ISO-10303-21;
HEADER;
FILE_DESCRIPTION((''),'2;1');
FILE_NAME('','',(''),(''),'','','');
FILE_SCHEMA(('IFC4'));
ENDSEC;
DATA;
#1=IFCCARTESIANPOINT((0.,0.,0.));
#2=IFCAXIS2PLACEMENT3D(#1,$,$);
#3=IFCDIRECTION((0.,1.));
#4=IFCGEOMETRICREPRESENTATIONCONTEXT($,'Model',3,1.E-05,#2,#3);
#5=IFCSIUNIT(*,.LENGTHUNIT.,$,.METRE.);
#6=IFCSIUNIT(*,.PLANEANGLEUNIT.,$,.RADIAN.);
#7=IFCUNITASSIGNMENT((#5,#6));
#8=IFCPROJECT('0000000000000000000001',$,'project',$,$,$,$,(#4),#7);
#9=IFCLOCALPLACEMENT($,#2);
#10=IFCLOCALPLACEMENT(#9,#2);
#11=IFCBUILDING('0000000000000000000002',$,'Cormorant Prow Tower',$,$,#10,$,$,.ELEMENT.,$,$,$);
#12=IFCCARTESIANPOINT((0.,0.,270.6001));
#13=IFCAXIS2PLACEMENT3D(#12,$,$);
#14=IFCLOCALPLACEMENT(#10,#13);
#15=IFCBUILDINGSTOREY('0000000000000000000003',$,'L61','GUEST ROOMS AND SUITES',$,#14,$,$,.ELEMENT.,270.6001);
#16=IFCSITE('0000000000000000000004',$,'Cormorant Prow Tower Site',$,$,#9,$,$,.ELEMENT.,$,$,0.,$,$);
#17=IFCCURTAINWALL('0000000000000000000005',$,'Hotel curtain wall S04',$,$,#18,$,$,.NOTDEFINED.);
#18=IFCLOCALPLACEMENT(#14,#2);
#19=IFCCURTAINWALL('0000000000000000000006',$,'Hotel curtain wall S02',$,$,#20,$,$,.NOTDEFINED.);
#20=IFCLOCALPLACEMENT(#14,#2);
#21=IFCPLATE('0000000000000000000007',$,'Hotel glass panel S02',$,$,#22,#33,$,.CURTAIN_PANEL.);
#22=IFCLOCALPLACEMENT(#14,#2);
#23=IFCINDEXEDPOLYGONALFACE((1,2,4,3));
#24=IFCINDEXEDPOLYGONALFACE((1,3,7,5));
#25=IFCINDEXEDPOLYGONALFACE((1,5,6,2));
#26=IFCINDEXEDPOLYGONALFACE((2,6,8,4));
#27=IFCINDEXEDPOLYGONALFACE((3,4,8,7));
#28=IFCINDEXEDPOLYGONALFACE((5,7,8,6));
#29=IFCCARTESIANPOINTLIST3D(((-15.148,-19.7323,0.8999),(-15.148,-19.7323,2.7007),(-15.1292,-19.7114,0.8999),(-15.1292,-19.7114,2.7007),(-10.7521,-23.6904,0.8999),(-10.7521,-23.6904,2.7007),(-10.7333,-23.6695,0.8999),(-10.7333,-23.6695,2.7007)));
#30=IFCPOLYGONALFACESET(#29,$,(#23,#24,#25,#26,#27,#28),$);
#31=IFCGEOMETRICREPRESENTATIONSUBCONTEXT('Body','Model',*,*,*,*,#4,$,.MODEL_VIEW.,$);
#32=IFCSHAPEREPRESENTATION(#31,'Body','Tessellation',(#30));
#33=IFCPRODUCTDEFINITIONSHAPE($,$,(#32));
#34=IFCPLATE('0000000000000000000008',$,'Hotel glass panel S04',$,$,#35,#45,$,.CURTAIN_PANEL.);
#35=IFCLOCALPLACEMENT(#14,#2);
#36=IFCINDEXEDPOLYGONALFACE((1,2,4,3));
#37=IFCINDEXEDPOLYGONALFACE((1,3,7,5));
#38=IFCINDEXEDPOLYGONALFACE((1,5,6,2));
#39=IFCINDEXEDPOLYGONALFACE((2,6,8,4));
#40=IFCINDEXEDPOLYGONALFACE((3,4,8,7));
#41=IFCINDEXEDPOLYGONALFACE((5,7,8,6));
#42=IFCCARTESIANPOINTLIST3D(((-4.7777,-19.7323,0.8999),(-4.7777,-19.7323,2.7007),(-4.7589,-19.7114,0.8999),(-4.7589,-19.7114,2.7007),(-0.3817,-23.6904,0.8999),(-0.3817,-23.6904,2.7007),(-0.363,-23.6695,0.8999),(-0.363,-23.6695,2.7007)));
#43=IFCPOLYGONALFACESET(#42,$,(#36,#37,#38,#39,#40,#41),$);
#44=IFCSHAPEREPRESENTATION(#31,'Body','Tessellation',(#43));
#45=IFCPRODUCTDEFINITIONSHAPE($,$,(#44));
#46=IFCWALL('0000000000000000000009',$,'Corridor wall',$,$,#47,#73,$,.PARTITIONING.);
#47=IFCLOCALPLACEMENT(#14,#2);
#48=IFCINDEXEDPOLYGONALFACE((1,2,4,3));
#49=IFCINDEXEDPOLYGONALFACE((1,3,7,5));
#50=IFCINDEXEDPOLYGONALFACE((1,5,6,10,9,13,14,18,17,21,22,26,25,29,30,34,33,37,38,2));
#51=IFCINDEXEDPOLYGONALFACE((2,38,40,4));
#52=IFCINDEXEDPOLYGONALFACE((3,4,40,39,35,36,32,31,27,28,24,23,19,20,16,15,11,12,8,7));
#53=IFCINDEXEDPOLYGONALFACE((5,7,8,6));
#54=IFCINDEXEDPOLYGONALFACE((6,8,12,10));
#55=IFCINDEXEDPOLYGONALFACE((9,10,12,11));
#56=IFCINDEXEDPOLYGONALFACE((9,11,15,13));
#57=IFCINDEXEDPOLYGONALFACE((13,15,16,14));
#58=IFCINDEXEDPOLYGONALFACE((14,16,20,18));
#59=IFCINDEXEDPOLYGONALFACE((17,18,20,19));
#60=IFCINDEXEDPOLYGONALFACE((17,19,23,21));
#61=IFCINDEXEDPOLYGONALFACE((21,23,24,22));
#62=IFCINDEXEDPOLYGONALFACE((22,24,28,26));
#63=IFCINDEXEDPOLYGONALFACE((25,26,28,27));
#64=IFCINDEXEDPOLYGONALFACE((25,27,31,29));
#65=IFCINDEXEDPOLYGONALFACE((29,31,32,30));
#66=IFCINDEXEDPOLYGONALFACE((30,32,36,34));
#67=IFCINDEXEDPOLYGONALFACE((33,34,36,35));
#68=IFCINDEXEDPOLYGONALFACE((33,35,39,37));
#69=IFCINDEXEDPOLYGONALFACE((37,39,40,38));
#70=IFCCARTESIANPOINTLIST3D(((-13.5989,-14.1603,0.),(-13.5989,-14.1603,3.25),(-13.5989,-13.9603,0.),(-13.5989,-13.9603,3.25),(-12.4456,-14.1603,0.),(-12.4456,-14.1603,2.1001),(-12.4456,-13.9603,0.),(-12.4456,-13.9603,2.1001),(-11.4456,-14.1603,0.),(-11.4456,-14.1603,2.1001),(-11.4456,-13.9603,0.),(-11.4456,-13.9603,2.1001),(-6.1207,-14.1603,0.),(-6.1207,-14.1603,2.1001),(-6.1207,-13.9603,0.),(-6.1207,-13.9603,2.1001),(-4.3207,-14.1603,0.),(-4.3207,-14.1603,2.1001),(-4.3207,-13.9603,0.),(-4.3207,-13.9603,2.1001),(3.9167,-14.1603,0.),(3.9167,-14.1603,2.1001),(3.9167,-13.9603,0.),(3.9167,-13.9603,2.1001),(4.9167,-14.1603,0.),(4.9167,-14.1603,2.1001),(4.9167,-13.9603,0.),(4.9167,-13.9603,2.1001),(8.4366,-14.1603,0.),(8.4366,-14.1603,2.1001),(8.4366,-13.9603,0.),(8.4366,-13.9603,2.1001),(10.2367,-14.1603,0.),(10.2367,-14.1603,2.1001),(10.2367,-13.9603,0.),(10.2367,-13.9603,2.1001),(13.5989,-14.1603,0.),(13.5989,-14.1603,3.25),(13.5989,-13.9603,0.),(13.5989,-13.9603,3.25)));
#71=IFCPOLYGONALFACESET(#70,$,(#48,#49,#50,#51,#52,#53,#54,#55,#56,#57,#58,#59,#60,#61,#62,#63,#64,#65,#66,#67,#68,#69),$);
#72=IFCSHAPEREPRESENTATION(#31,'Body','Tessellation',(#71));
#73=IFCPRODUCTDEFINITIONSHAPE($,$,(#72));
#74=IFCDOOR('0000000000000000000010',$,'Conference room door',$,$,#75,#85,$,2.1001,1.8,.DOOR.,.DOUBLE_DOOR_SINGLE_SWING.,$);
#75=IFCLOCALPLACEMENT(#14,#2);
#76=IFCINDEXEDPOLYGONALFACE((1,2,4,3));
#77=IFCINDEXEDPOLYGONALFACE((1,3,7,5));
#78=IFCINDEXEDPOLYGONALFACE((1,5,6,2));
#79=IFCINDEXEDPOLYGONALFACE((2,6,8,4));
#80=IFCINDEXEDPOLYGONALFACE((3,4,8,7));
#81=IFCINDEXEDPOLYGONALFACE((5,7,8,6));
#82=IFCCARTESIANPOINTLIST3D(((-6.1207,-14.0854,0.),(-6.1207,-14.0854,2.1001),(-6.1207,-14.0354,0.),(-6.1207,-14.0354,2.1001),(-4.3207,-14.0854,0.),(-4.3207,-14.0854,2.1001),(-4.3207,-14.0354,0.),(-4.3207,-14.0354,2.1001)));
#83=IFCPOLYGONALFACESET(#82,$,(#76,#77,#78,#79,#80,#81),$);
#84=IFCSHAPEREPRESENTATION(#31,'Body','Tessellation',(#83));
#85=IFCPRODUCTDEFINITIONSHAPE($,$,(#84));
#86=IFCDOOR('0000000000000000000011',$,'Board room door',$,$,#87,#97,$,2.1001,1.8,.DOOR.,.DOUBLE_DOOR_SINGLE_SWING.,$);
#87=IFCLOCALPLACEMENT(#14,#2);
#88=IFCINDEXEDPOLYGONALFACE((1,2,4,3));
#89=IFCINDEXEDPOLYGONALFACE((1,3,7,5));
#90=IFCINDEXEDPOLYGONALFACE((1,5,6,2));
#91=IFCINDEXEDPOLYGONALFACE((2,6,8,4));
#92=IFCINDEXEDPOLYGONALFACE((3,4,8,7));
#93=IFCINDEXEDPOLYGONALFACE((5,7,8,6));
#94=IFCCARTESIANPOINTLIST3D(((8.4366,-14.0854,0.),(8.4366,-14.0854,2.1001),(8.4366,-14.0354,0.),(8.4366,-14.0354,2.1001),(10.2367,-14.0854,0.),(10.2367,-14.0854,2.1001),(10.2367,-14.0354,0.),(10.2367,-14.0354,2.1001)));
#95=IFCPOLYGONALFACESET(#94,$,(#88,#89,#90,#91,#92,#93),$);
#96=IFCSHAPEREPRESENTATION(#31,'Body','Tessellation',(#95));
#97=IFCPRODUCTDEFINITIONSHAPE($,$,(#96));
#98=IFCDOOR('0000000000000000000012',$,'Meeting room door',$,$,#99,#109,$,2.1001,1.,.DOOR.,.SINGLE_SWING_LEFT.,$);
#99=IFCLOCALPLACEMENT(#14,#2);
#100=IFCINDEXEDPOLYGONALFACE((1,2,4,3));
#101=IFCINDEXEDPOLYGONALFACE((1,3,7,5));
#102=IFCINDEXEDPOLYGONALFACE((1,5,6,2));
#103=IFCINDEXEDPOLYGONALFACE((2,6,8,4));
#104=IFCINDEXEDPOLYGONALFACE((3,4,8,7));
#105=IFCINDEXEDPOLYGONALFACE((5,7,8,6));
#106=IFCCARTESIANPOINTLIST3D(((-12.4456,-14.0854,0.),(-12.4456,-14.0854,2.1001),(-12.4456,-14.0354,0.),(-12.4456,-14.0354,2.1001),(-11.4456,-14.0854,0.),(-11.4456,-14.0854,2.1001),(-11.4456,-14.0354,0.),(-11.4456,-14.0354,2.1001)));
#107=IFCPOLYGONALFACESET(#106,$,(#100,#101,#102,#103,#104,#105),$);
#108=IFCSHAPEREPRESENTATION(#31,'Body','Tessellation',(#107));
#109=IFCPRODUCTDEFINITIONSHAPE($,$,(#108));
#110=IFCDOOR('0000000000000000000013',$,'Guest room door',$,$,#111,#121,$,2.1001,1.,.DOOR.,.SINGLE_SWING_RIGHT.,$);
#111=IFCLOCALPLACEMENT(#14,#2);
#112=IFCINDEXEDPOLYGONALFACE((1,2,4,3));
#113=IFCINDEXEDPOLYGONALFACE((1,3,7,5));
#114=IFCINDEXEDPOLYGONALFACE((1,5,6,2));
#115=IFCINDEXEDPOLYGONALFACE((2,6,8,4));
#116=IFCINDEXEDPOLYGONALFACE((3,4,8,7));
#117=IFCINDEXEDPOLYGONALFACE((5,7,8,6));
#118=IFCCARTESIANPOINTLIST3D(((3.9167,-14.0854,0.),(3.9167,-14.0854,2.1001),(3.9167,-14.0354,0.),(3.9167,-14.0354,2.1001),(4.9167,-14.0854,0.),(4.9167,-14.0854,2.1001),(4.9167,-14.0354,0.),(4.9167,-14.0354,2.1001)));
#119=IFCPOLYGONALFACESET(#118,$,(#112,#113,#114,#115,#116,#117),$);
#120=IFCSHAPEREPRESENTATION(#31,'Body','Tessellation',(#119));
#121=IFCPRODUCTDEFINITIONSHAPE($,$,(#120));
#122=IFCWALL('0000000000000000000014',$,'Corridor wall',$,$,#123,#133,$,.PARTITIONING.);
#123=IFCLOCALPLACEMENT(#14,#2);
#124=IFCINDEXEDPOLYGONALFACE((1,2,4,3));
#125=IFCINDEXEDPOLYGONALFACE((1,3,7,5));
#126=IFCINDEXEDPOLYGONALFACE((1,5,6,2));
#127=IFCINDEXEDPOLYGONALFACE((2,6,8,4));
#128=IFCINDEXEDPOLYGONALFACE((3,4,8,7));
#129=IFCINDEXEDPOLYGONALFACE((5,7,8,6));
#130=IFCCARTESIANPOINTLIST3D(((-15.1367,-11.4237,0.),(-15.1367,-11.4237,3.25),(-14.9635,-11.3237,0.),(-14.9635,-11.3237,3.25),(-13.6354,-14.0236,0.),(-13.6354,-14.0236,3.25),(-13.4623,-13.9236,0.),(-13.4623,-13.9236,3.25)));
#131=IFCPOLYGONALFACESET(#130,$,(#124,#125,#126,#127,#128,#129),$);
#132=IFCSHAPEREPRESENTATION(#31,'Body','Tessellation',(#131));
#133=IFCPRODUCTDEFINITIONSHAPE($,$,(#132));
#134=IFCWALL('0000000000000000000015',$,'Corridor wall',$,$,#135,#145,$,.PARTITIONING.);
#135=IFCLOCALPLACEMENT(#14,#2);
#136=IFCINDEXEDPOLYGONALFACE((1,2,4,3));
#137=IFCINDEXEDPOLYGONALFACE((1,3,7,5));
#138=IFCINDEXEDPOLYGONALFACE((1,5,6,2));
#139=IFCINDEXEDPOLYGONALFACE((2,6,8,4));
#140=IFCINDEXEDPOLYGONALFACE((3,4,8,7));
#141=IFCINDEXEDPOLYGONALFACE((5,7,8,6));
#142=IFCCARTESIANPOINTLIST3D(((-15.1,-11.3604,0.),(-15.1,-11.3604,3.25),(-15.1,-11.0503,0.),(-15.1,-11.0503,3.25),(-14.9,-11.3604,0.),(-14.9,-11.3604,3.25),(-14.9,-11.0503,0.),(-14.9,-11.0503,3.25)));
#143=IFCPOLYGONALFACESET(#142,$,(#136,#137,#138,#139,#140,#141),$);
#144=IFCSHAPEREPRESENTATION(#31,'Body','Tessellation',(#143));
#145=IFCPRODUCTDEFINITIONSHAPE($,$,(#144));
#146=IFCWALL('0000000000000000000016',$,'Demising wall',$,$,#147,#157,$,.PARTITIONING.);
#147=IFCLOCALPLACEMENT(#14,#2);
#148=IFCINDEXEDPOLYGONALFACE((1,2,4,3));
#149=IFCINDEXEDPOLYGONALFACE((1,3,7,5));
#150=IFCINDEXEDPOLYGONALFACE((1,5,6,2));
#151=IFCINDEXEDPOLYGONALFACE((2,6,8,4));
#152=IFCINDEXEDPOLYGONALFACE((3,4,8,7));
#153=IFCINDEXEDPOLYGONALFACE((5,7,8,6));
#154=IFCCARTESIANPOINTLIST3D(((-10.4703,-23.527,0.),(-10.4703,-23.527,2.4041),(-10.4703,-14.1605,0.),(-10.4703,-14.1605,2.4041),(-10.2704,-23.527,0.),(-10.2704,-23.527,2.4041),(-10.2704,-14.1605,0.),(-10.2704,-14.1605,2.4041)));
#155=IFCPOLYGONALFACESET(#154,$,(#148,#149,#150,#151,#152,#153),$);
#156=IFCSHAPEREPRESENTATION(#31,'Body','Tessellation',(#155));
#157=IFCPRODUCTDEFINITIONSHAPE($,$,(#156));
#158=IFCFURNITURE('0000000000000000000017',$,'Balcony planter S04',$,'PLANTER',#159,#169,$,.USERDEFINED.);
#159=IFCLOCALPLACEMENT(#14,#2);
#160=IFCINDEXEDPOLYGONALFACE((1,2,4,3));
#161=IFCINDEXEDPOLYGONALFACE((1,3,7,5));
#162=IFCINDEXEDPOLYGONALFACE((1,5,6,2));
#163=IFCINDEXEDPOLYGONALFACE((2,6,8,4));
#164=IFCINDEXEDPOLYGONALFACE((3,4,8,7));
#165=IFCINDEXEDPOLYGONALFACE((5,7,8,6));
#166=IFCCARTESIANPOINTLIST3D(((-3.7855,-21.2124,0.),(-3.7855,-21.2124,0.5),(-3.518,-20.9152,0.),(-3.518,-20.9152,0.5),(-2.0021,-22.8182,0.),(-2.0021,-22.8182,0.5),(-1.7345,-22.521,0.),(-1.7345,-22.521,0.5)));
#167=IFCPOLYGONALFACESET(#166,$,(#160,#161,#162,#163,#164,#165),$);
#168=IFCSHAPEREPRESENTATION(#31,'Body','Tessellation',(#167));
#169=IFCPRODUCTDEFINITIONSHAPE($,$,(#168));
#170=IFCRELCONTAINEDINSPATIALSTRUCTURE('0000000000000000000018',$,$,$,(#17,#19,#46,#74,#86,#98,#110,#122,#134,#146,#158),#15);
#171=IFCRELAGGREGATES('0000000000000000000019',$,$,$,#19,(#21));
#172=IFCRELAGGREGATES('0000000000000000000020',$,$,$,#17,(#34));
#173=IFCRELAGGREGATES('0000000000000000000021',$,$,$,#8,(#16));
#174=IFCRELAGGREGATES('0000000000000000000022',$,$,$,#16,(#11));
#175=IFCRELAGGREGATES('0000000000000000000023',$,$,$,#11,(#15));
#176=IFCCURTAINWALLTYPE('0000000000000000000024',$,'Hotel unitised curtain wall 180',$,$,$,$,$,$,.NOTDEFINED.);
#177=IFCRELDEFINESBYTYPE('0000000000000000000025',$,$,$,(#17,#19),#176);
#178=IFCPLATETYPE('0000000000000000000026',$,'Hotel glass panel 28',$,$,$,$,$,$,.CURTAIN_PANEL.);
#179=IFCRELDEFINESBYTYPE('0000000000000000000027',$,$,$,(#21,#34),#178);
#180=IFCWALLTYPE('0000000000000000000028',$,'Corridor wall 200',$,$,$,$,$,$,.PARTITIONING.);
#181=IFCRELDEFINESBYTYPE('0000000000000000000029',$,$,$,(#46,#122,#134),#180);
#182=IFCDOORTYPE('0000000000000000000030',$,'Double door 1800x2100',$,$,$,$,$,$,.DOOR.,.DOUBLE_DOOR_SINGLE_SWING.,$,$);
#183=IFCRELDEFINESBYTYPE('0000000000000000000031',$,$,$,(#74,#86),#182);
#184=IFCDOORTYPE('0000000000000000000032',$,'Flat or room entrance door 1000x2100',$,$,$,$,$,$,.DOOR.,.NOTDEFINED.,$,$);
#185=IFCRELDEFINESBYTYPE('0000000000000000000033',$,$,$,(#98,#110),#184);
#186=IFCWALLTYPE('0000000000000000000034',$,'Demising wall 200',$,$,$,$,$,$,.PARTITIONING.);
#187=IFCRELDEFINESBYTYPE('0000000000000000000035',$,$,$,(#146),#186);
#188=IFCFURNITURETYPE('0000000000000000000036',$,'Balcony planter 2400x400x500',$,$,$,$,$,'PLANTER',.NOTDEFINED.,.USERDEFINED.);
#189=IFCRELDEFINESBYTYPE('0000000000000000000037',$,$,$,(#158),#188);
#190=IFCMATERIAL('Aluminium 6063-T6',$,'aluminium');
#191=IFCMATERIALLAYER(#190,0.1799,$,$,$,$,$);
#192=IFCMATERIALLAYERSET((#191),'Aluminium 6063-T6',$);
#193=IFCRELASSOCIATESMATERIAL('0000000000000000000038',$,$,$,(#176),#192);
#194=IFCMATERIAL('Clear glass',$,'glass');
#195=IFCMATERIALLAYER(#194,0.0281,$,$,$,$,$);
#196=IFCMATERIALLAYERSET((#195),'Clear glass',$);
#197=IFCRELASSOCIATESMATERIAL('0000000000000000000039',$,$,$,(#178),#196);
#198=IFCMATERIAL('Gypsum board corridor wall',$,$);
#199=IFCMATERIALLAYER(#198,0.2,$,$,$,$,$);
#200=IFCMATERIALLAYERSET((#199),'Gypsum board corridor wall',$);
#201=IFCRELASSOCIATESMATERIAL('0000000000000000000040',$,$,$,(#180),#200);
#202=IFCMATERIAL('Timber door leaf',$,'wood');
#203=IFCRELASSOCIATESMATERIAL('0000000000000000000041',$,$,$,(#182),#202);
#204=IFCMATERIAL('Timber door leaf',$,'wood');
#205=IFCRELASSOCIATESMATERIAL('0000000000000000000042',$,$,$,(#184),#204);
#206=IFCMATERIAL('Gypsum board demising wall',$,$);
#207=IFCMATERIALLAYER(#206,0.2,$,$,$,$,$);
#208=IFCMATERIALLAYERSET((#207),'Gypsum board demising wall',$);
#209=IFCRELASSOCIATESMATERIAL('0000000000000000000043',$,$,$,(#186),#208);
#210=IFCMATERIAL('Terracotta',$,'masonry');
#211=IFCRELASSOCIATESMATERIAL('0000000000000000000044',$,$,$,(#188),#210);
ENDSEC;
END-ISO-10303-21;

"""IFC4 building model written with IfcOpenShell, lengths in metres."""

from ifc_helpers import new_model, si_unit, direction, frame, frame_2d, origin, origin_2d, place, context, subcontext, project, spatial, rectangle, extrude, material, layer, layer_set, type_object, element, fill, aggregate, save


model = new_model("IFC4")

# Units and contexts
model_context = context("Model", 3, precision=1e-05, world=origin(), true_north=direction((0.0, 1.0)))
body_context = subcontext(model_context, "Body", "Model", "MODEL_VIEW")
ifc_project = project(units=[si_unit("LENGTHUNIT", "METRE"), si_unit("PLANEANGLEUNIT", "RADIAN")], contexts=[model_context])

# Site, building, storey
site_placement = place(None, origin())
site = spatial("IfcSite", under=ifc_project, at=site_placement, Name="Cormorant Prow Tower Site", CompositionType="ELEMENT", RefElevation=0.0)
building_placement = place(site_placement, origin())
building = spatial("IfcBuilding", under=site, at=building_placement, Name="Cormorant Prow Tower", CompositionType="ELEMENT")
storey_placement = place(building_placement, frame((0.0, 0.0, 270.6001)))
storey = spatial("IfcBuildingStorey", under=building, at=storey_placement, Name="L61", Description="GUEST ROOMS AND SUITES", CompositionType="ELEMENT", Elevation=270.6001)

# Curtain walls
ifc_material_1 = material(Name="Aluminium 6063-T6", Category="aluminium")
ifc_layer_1 = layer(ifc_material_1, 0.1799)
ifc_layer_set_1 = layer_set([ifc_layer_1], Name="Aluminium 6063-T6")
curtain_wall_type = type_object("IfcCurtainWallType", Name="Hotel unitised curtain wall 180", PredefinedType="NOTDEFINED", material=ifc_layer_set_1)
curtain_wall_1_placement = place(storey_placement, origin())
curtain_wall_1 = element("IfcCurtainWall", 1, at=curtain_wall_1_placement, inside=storey, type_object=curtain_wall_type, Name="Hotel curtain wall S04", PredefinedType="NOTDEFINED")
curtain_wall_2_placement = place(storey_placement, origin())
curtain_wall_2 = element("IfcCurtainWall", 2, at=curtain_wall_2_placement, inside=storey, type_object=curtain_wall_type, Name="Hotel curtain wall S02", PredefinedType="NOTDEFINED")

# Plates
ifc_material_2 = material(Name="Clear glass", Category="glass")
ifc_layer_2 = layer(ifc_material_2, 0.0281)
ifc_layer_set_2 = layer_set([ifc_layer_2], Name="Clear glass")
plate_type = type_object("IfcPlateType", Name="Hotel glass panel 28", PredefinedType="CURTAIN_PANEL", material=ifc_layer_set_2)
plate_1_placement = place(storey_placement, frame((-12.9407, -21.7009, 0.8999), z_axis=(0.0, 0.0, 1.0), x_axis=(0.743145, -0.669131, 0.0)))
plate_1 = element("IfcPlate", 3, at=plate_1_placement, type_object=plate_type, Name="Hotel glass panel S02", PredefinedType="CURTAIN_PANEL", context=body_context, shape_type="SweptSolid", body=[
    extrude(rectangle(XDim=5.9153, YDim=0.0281, at=origin_2d()), origin(), (0.0, 0.0, 1.0), 1.8008),
])
aggregate(curtain_wall_2, [plate_1])
plate_2_placement = place(storey_placement, frame((-2.5703, -21.7009, 0.8999), z_axis=(0.0, 0.0, 1.0), x_axis=(0.743145, -0.669131, 0.0)))
plate_2 = element("IfcPlate", 4, at=plate_2_placement, type_object=plate_type, Name="Hotel glass panel S04", PredefinedType="CURTAIN_PANEL", context=body_context, shape_type="SweptSolid", body=[
    extrude(rectangle(XDim=5.9153, YDim=0.0281, at=origin_2d()), origin(), (0.0, 0.0, 1.0), 1.8008),
])
aggregate(curtain_wall_1, [plate_2])

# Wall, openings, doors
ifc_material_3 = material(Name="Gypsum board corridor wall")
ifc_layer_3 = layer(ifc_material_3, 0.2)
ifc_layer_set_3 = layer_set([ifc_layer_3], Name="Gypsum board corridor wall")
wall_type_1 = type_object("IfcWallType", Name="Corridor wall 200", PredefinedType="PARTITIONING", material=ifc_layer_set_3)
wall_1_placement = place(storey_placement, frame((-13.5989, -14.0603, 0.0), z_axis=(0.0, 0.0, 1.0), x_axis=(1.0, 0.0, 0.0)))
wall_1 = element("IfcWall", 5, at=wall_1_placement, inside=storey, type_object=wall_type_1, Name="Corridor wall", PredefinedType="PARTITIONING", context=body_context, shape_type="SweptSolid", body=[
    extrude(rectangle(XDim=27.1978, YDim=0.2, at=frame_2d((13.5989, 0.0))), origin(), (0.0, 0.0, 1.0), 3.25),
])
opening_1_placement = place(wall_1_placement, frame((1.1533, 0.0, 0.0)))
opening_1 = element("IfcOpeningElement", 6, at=opening_1_placement, cuts=wall_1, PredefinedType="OPENING", context=body_context, shape_type="SweptSolid", body=[
    extrude(rectangle(XDim=1.0, YDim=2.1001, at=frame_2d((0.5, 1.05))), frame((0.0, 0.1099, 0.0), z_axis=(0.0, -1.0, 0.0), x_axis=(1.0, 0.0, 0.0)), (0.0, 0.0, 1.0), 0.22),
])
opening_2_placement = place(wall_1_placement, frame((7.4783, 0.0, 0.0)))
opening_2 = element("IfcOpeningElement", 7, at=opening_2_placement, cuts=wall_1, PredefinedType="OPENING", context=body_context, shape_type="SweptSolid", body=[
    extrude(rectangle(XDim=1.8, YDim=2.1001, at=frame_2d((0.8999, 1.05))), frame((0.0, 0.1099, 0.0), z_axis=(0.0, -1.0, 0.0), x_axis=(1.0, 0.0, 0.0)), (0.0, 0.0, 1.0), 0.22),
])
opening_3_placement = place(wall_1_placement, frame((17.5156, 0.0, 0.0)))
opening_3 = element("IfcOpeningElement", 8, at=opening_3_placement, cuts=wall_1, PredefinedType="OPENING", context=body_context, shape_type="SweptSolid", body=[
    extrude(rectangle(XDim=1.0, YDim=2.1001, at=frame_2d((0.5, 1.05))), frame((0.0, 0.1099, 0.0), z_axis=(0.0, -1.0, 0.0), x_axis=(1.0, 0.0, 0.0)), (0.0, 0.0, 1.0), 0.22),
])
opening_4_placement = place(wall_1_placement, frame((22.0356, 0.0, 0.0)))
opening_4 = element("IfcOpeningElement", 9, at=opening_4_placement, cuts=wall_1, PredefinedType="OPENING", context=body_context, shape_type="SweptSolid", body=[
    extrude(rectangle(XDim=1.8, YDim=2.1001, at=frame_2d((0.8999, 1.05))), frame((0.0, 0.1099, 0.0), z_axis=(0.0, -1.0, 0.0), x_axis=(1.0, 0.0, 0.0)), (0.0, 0.0, 1.0), 0.22),
])
ifc_material_4 = material(Name="Timber door leaf", Category="wood")
door_type_1 = type_object("IfcDoorType", Name="Double door 1800x2100", OperationType="DOUBLE_DOOR_SINGLE_SWING", PredefinedType="DOOR", material=ifc_material_4)
door_1_placement = place(opening_2_placement, origin())
door_1 = element("IfcDoor", 10, at=door_1_placement, inside=storey, type_object=door_type_1, Name="Conference room door", OperationType="DOUBLE_DOOR_SINGLE_SWING", OverallHeight=2.1001, OverallWidth=1.8, PredefinedType="DOOR", context=body_context, shape_type="SweptSolid", body=[
    extrude(rectangle(XDim=1.8, YDim=2.1001, at=frame_2d((0.8999, 1.05))), frame((0.0, 0.0249, 0.0), z_axis=(0.0, -1.0, 0.0), x_axis=(1.0, 0.0, 0.0)), (0.0, 0.0, 1.0), 0.05),
])
fill(opening_2, door_1)
door_2_placement = place(opening_4_placement, origin())
door_2 = element("IfcDoor", 11, at=door_2_placement, inside=storey, type_object=door_type_1, Name="Board room door", OperationType="DOUBLE_DOOR_SINGLE_SWING", OverallHeight=2.1001, OverallWidth=1.8, PredefinedType="DOOR", context=body_context, shape_type="SweptSolid", body=[
    extrude(rectangle(XDim=1.8, YDim=2.1001, at=frame_2d((0.8999, 1.05))), frame((0.0, 0.0249, 0.0), z_axis=(0.0, -1.0, 0.0), x_axis=(1.0, 0.0, 0.0)), (0.0, 0.0, 1.0), 0.05),
])
fill(opening_4, door_2)
ifc_material_5 = material(Name="Timber door leaf", Category="wood")
door_type_2 = type_object("IfcDoorType", Name="Flat or room entrance door 1000x2100", OperationType="NOTDEFINED", PredefinedType="DOOR", material=ifc_material_5)
door_3_placement = place(opening_1_placement, origin())
door_3 = element("IfcDoor", 12, at=door_3_placement, inside=storey, type_object=door_type_2, Name="Meeting room door", OperationType="SINGLE_SWING_LEFT", OverallHeight=2.1001, OverallWidth=1.0, PredefinedType="DOOR", context=body_context, shape_type="SweptSolid", body=[
    extrude(rectangle(XDim=1.0, YDim=2.1001, at=frame_2d((0.5, 1.05))), frame((0.0, 0.0249, 0.0), z_axis=(0.0, -1.0, 0.0), x_axis=(1.0, 0.0, 0.0)), (0.0, 0.0, 1.0), 0.05),
])
fill(opening_1, door_3)
door_4_placement = place(opening_3_placement, origin())
door_4 = element("IfcDoor", 13, at=door_4_placement, inside=storey, type_object=door_type_2, Name="Guest room door", OperationType="SINGLE_SWING_RIGHT", OverallHeight=2.1001, OverallWidth=1.0, PredefinedType="DOOR", context=body_context, shape_type="SweptSolid", body=[
    extrude(rectangle(XDim=1.0, YDim=2.1001, at=frame_2d((0.5, 1.05))), frame((0.0, 0.0249, 0.0), z_axis=(0.0, -1.0, 0.0), x_axis=(1.0, 0.0, 0.0)), (0.0, 0.0, 1.0), 0.05),
])
fill(opening_3, door_4)

# Walls
wall_2_placement = place(storey_placement, frame((-15.05, -11.3738, 0.0), z_axis=(0.0, 0.0, 1.0), x_axis=(0.500049, -0.865997, 0.0)))
element("IfcWall", 14, at=wall_2_placement, inside=storey, type_object=wall_type_1, Name="Corridor wall", PredefinedType="PARTITIONING", context=body_context, shape_type="SweptSolid", body=[
    extrude(rectangle(XDim=3.0022, YDim=0.2, at=frame_2d((1.501, 0.0))), origin(), (0.0, 0.0, 1.0), 3.25),
])
wall_3_placement = place(storey_placement, frame((-15.0, -11.3604, 0.0), z_axis=(0.0, 0.0, 1.0), x_axis=(0.0, 1.0, 0.0)))
element("IfcWall", 15, at=wall_3_placement, inside=storey, type_object=wall_type_1, Name="Corridor wall", PredefinedType="PARTITIONING", context=body_context, shape_type="SweptSolid", body=[
    extrude(rectangle(XDim=0.3101, YDim=0.2, at=frame_2d((0.155, 0.0))), origin(), (0.0, 0.0, 1.0), 3.25),
])
ifc_material_6 = material(Name="Gypsum board demising wall")
ifc_layer_4 = layer(ifc_material_6, 0.2)
ifc_layer_set_4 = layer_set([ifc_layer_4], Name="Gypsum board demising wall")
wall_type_2 = type_object("IfcWallType", Name="Demising wall 200", PredefinedType="PARTITIONING", material=ifc_layer_set_4)
wall_4_placement = place(storey_placement, frame((-10.3704, -23.5269, 0.0), z_axis=(0.0, 0.0, 1.0), x_axis=(0.0, 1.0, 0.0)))
element("IfcWall", 16, at=wall_4_placement, inside=storey, type_object=wall_type_2, Name="Demising wall", PredefinedType="PARTITIONING", context=body_context, shape_type="SweptSolid", body=[
    extrude(rectangle(XDim=9.3665, YDim=0.2, at=frame_2d((4.6831, 0.0))), origin(), (0.0, 0.0, 1.0), 2.4041),
])

# Furniture
ifc_material_7 = material(Name="Terracotta", Category="masonry")
furniture_type_1 = type_object("IfcFurnitureType", Name="Balcony planter 2400x400x500", ElementType="PLANTER", AssemblyPlace="NOTDEFINED", PredefinedType="USERDEFINED", material=ifc_material_7)
furniture_placement = place(storey_placement, frame((-2.76, -21.8667, 0.0), z_axis=(0.0, 0.0, 1.0), x_axis=(0.743145, -0.669131, 0.0)))
element("IfcFurniture", 17, at=furniture_placement, inside=storey, type_object=furniture_type_1, Name="Balcony planter S04", ObjectType="PLANTER", PredefinedType="USERDEFINED", context=body_context, shape_type="SweptSolid", body=[
    extrude(rectangle(XDim=2.3999, YDim=0.3999, at=origin_2d()), origin(), (0.0, 0.0, 1.0), 0.5),
])

save(model, "model.ifc")
